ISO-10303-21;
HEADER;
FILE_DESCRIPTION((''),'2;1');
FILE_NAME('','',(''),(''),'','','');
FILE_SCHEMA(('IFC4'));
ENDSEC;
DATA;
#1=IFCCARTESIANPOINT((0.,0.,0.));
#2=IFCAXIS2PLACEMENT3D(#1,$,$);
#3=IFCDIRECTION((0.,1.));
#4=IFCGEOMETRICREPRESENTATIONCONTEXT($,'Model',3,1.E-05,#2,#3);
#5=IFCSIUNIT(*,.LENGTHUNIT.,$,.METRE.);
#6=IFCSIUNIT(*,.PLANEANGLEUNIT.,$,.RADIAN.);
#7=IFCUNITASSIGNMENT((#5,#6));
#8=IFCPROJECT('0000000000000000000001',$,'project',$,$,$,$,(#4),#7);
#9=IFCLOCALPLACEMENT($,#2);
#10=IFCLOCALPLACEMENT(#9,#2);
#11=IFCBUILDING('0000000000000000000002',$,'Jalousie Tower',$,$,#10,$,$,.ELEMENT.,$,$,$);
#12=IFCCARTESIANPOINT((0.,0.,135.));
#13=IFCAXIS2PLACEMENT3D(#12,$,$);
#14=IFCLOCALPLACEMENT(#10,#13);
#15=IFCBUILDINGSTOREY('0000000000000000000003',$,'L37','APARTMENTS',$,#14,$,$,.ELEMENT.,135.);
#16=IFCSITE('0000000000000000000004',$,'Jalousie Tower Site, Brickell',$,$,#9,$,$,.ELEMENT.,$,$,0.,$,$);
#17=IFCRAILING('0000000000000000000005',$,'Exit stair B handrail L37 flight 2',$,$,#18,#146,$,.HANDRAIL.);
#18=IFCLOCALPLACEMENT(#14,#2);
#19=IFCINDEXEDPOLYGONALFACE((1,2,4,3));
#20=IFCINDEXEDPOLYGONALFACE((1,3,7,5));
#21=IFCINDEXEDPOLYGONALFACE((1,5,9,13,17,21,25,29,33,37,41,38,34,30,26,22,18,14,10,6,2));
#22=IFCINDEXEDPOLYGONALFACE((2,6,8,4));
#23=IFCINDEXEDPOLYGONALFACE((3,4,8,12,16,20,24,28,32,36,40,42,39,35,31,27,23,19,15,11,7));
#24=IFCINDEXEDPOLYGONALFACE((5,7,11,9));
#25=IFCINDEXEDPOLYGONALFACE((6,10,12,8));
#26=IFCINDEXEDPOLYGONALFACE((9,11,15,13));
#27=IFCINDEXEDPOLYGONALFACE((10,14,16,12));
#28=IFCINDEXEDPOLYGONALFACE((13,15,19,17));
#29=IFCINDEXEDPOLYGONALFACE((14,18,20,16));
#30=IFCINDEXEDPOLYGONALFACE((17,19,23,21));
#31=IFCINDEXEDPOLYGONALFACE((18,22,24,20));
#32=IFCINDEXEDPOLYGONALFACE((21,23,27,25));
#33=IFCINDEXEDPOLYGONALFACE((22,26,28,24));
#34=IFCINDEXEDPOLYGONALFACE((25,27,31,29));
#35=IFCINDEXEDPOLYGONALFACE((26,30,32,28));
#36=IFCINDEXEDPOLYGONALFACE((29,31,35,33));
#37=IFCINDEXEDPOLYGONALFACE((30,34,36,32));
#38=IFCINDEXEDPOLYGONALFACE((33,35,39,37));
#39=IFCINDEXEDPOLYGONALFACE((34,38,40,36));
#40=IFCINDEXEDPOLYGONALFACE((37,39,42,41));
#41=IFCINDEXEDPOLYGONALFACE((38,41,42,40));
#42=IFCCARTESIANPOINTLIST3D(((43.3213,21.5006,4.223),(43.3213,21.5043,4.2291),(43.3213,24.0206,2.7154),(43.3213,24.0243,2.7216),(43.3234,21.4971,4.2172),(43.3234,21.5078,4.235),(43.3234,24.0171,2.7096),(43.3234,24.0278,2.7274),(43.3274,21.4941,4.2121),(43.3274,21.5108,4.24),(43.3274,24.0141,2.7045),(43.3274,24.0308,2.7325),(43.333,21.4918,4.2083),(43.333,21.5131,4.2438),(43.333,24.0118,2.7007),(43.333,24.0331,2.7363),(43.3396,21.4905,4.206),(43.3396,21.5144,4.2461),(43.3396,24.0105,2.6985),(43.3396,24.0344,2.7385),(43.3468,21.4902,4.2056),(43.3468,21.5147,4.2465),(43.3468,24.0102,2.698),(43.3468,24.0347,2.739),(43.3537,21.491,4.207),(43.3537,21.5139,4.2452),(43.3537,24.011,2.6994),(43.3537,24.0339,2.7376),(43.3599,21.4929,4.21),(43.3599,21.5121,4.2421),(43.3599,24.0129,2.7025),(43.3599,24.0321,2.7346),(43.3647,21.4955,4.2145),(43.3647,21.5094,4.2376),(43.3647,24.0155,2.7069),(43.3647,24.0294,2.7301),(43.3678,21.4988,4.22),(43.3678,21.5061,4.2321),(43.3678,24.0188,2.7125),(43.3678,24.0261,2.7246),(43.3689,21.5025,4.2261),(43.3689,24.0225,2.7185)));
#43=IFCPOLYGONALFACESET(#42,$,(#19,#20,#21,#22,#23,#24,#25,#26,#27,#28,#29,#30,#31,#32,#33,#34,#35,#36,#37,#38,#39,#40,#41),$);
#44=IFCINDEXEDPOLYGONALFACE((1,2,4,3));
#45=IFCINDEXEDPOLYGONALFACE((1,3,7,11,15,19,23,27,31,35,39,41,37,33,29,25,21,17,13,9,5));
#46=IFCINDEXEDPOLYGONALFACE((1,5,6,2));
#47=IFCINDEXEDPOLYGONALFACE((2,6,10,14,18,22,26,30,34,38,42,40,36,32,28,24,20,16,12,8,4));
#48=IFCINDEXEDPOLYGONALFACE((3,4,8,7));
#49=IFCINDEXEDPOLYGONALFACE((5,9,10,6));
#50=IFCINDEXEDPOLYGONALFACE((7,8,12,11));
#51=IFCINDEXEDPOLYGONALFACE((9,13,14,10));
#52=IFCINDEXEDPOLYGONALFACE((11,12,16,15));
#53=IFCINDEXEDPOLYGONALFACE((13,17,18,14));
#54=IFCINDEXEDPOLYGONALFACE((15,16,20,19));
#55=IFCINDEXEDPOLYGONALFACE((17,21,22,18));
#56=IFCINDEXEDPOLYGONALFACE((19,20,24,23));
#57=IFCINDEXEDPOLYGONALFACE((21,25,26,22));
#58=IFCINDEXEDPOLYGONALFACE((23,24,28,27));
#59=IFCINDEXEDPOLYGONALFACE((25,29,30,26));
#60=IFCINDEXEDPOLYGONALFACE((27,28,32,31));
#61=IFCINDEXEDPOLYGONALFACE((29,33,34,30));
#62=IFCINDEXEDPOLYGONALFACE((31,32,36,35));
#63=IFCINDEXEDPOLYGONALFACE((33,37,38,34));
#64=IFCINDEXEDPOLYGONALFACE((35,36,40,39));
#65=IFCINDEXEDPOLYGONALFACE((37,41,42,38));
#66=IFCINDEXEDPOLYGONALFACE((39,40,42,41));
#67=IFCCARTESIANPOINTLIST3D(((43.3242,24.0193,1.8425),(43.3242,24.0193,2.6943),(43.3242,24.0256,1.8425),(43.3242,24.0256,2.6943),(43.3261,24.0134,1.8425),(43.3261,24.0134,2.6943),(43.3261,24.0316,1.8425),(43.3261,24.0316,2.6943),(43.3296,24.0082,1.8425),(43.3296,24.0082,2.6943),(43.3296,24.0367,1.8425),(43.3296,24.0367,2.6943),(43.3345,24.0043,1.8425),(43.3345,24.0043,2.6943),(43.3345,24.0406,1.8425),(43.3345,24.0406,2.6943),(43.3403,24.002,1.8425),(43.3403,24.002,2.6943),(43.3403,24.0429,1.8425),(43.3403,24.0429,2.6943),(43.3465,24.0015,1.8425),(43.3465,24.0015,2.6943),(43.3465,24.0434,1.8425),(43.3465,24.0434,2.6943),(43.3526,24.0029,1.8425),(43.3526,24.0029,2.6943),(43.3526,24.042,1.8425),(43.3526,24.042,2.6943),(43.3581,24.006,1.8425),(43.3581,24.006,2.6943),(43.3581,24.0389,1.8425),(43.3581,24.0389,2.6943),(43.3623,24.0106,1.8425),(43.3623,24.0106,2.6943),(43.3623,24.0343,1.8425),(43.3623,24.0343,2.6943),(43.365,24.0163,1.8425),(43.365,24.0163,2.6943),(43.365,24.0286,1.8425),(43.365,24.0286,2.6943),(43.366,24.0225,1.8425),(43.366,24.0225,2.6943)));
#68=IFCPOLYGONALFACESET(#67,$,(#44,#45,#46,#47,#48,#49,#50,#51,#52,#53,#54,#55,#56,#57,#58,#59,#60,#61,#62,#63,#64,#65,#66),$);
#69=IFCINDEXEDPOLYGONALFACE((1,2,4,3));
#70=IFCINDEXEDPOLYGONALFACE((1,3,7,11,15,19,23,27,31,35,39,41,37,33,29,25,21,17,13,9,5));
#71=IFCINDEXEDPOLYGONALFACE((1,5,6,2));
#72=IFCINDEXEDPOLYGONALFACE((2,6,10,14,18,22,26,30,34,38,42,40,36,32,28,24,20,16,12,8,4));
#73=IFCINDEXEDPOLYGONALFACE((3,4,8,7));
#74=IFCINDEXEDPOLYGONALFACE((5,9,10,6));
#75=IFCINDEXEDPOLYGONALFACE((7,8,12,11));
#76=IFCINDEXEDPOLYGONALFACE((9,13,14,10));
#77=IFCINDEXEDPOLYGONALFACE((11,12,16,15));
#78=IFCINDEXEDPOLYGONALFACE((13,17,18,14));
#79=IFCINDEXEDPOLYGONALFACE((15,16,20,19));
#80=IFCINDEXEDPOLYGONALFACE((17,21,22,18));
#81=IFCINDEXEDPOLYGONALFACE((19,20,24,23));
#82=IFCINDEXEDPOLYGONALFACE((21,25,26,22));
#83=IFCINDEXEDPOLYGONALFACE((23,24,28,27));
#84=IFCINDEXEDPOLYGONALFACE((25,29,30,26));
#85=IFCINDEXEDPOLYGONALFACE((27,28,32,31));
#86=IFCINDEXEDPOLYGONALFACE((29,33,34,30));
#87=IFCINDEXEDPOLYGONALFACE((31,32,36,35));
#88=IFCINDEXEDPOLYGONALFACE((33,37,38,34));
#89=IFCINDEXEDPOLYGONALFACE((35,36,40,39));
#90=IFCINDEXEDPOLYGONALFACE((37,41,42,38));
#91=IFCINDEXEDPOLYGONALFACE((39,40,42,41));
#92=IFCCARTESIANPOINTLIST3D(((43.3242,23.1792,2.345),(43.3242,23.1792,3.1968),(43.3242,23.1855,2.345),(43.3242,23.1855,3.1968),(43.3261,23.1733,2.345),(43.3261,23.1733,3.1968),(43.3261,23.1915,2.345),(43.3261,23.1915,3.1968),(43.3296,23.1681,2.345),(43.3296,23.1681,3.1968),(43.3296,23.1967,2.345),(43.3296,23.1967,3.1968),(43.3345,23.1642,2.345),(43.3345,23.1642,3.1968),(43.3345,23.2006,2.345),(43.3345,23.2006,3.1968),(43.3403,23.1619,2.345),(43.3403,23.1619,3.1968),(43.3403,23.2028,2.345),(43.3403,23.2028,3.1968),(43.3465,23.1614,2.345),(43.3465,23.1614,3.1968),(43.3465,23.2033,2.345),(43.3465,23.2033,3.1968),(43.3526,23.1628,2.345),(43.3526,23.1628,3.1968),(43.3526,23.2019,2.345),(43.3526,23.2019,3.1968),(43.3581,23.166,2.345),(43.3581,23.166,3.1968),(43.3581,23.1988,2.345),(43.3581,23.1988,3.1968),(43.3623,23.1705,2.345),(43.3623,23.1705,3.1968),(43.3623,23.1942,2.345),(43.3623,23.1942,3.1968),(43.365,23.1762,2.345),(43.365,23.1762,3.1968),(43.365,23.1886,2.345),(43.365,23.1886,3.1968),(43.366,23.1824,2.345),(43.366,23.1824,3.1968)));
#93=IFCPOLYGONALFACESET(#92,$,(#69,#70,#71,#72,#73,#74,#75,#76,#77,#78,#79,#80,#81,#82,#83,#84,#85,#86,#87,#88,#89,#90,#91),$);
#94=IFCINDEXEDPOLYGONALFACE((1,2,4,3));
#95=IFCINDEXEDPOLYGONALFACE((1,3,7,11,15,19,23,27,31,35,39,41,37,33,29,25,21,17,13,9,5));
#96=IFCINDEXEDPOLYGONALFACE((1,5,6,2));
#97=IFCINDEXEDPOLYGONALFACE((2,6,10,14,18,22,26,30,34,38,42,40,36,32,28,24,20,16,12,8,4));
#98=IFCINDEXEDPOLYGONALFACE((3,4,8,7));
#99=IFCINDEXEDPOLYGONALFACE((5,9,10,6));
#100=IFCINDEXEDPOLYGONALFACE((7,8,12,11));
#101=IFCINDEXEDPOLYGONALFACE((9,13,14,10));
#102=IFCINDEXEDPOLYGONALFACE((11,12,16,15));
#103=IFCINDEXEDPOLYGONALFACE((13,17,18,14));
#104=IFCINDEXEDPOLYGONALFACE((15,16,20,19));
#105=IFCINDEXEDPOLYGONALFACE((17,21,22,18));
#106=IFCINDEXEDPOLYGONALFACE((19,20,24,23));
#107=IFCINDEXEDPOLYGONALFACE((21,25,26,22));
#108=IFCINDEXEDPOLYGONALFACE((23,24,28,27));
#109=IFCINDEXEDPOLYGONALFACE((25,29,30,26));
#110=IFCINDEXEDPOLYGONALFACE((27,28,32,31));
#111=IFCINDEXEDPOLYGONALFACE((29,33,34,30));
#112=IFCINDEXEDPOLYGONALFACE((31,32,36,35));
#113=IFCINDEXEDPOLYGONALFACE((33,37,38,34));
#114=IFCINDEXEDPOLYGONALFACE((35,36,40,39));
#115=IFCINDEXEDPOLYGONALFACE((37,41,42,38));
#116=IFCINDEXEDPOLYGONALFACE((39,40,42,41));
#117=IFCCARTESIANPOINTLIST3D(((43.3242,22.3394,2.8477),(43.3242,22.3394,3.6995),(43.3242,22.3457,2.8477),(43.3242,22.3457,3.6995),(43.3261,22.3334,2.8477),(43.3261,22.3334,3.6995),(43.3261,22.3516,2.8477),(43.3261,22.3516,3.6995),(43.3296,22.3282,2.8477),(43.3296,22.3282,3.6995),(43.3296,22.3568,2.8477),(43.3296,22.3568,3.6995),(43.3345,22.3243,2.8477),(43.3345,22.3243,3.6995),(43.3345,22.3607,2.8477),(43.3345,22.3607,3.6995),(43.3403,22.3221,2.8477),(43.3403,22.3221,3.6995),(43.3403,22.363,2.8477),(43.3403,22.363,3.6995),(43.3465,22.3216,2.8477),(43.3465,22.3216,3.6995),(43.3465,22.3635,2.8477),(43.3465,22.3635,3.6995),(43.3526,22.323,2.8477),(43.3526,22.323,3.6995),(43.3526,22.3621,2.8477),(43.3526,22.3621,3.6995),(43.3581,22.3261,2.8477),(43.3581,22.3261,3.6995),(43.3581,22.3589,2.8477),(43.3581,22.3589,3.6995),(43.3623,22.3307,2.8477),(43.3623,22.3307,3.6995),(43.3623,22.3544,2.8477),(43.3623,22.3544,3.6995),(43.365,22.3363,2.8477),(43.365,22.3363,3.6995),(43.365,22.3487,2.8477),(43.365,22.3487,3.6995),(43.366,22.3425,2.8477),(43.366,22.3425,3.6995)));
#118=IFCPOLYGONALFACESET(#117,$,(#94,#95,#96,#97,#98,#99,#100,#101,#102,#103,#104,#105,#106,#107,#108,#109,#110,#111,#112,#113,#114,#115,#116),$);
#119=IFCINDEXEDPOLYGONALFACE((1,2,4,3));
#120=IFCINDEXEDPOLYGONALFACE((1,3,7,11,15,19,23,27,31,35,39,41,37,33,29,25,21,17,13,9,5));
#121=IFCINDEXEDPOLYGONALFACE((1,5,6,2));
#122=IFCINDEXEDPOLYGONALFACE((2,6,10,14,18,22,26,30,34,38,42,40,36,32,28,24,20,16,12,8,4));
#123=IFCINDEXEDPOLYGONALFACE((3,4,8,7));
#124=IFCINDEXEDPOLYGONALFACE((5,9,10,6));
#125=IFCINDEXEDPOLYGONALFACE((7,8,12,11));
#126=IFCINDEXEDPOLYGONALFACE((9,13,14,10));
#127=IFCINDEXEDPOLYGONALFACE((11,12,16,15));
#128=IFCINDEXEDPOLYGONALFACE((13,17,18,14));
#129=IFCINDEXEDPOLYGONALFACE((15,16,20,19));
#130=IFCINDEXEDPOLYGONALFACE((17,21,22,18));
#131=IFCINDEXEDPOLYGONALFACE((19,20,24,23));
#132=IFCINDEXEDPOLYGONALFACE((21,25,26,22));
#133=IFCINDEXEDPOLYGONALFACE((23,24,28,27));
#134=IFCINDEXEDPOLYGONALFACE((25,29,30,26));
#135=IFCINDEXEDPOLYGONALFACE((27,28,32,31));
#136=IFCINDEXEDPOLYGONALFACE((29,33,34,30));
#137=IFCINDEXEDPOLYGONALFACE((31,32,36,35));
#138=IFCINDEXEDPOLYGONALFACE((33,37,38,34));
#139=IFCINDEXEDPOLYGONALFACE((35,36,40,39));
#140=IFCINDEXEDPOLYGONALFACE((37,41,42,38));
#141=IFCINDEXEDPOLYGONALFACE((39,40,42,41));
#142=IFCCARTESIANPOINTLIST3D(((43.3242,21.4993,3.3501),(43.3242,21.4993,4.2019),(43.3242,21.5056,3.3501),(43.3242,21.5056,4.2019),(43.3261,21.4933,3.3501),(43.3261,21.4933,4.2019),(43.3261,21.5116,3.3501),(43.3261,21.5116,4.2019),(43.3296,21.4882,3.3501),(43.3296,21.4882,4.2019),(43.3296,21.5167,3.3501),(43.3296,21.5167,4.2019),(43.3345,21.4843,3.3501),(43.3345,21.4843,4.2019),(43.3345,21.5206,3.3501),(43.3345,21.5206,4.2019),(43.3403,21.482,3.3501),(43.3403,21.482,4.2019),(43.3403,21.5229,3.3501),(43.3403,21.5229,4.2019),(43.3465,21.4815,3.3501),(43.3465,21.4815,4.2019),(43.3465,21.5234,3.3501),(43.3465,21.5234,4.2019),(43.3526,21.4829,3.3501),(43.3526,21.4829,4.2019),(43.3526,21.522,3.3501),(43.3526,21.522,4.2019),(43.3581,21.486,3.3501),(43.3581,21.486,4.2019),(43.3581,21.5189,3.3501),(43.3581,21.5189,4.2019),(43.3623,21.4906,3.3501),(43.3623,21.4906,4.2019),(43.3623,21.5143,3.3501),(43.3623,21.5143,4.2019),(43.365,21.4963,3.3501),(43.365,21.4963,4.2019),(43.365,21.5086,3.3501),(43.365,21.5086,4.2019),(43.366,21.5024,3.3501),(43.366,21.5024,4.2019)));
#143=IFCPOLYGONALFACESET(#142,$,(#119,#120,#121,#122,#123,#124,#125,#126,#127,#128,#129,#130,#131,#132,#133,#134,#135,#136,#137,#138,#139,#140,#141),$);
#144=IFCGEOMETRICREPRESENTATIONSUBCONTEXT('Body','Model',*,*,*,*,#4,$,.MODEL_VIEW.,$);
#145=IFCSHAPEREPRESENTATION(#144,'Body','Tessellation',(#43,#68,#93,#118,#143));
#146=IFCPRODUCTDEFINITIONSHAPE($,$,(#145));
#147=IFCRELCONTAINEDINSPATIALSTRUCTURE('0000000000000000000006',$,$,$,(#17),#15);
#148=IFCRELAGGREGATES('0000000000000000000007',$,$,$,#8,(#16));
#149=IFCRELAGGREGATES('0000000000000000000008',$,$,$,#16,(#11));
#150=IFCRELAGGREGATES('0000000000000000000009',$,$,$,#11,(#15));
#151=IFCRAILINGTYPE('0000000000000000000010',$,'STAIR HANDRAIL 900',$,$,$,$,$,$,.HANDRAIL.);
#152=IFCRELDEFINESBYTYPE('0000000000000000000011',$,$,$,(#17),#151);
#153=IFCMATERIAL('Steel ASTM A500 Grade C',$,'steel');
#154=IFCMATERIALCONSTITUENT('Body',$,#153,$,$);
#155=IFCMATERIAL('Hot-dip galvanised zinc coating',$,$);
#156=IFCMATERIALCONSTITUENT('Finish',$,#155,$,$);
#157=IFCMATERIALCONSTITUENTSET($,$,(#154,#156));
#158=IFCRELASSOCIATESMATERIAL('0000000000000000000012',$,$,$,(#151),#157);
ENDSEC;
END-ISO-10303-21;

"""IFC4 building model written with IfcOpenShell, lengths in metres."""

from ifc_helpers import new_model, si_unit, direction, frame, origin, origin_2d, place, context, subcontext, project, spatial, circle, extrude, material, constituent, constituent_set, type_object, element, save


model = new_model("IFC4")

# Units and contexts
model_context = context("Model", 3, precision=1e-05, world=origin(), true_north=direction((0.0, 1.0)))
body_context = subcontext(model_context, "Body", "Model", "MODEL_VIEW")
ifc_project = project(units=[si_unit("LENGTHUNIT", "METRE"), si_unit("PLANEANGLEUNIT", "RADIAN")], contexts=[model_context])

# Site, building, storey
site_placement = place(None, origin())
site = spatial("IfcSite", under=ifc_project, at=site_placement, Name="Jalousie Tower Site, Brickell", CompositionType="ELEMENT", RefElevation=0.0)
building_placement = place(site_placement, origin())
building = spatial("IfcBuilding", under=site, at=building_placement, Name="Jalousie Tower", CompositionType="ELEMENT")
storey_placement = place(building_placement, frame((0.0, 0.0, 135.0)))
storey = spatial("IfcBuildingStorey", under=building, at=storey_placement, Name="L37", Description="APARTMENTS", CompositionType="ELEMENT", Elevation=135.0)

# Railing
ifc_material_1 = material(Name="Steel ASTM A500 Grade C", Category="steel")
ifc_constituent_1 = constituent(ifc_material_1, Name="Body")
ifc_material_2 = material(Name="Hot-dip galvanised zinc coating")
ifc_constituent_2 = constituent(ifc_material_2, Name="Finish")
ifc_constituent_set_1 = constituent_set(constituents=[ifc_constituent_1, ifc_constituent_2])
railing_type_1 = type_object("IfcRailingType", Name="STAIR HANDRAIL 900", PredefinedType="HANDRAIL", material=ifc_constituent_set_1)
railing_1_placement = place(storey_placement, frame((43.345, 24.0225, 1.8425)))
element("IfcRailing", 1, at=railing_1_placement, inside=storey, type_object=railing_type_1, Name="Exit stair B handrail L37 flight 2", PredefinedType="HANDRAIL", context=body_context, shape_type="SweptSolid", body=[
    extrude(circle(Radius=0.0239, at=origin_2d()), frame((0.0, 0.0, 0.876), z_axis=(0.0, -0.85816, 0.513383), x_axis=(1.0, 0.0, 0.0)), (0.0, 0.0, 1.0), 2.9365),
    extrude(circle(Radius=0.021, at=origin_2d()), origin(), (0.0, 0.0, 1.0), 0.8518),
    extrude(circle(Radius=0.021, at=origin_2d()), frame((0.0, -0.8401, 0.5024)), (0.0, 0.0, 1.0), 0.8518),
    extrude(circle(Radius=0.021, at=origin_2d()), frame((0.0, -1.6799, 1.0051)), (0.0, 0.0, 1.0), 0.8518),
    extrude(circle(Radius=0.021, at=origin_2d()), frame((0.0, -2.52, 1.5076)), (0.0, 0.0, 1.0), 0.8518),
])

save(model, "model.ifc")
